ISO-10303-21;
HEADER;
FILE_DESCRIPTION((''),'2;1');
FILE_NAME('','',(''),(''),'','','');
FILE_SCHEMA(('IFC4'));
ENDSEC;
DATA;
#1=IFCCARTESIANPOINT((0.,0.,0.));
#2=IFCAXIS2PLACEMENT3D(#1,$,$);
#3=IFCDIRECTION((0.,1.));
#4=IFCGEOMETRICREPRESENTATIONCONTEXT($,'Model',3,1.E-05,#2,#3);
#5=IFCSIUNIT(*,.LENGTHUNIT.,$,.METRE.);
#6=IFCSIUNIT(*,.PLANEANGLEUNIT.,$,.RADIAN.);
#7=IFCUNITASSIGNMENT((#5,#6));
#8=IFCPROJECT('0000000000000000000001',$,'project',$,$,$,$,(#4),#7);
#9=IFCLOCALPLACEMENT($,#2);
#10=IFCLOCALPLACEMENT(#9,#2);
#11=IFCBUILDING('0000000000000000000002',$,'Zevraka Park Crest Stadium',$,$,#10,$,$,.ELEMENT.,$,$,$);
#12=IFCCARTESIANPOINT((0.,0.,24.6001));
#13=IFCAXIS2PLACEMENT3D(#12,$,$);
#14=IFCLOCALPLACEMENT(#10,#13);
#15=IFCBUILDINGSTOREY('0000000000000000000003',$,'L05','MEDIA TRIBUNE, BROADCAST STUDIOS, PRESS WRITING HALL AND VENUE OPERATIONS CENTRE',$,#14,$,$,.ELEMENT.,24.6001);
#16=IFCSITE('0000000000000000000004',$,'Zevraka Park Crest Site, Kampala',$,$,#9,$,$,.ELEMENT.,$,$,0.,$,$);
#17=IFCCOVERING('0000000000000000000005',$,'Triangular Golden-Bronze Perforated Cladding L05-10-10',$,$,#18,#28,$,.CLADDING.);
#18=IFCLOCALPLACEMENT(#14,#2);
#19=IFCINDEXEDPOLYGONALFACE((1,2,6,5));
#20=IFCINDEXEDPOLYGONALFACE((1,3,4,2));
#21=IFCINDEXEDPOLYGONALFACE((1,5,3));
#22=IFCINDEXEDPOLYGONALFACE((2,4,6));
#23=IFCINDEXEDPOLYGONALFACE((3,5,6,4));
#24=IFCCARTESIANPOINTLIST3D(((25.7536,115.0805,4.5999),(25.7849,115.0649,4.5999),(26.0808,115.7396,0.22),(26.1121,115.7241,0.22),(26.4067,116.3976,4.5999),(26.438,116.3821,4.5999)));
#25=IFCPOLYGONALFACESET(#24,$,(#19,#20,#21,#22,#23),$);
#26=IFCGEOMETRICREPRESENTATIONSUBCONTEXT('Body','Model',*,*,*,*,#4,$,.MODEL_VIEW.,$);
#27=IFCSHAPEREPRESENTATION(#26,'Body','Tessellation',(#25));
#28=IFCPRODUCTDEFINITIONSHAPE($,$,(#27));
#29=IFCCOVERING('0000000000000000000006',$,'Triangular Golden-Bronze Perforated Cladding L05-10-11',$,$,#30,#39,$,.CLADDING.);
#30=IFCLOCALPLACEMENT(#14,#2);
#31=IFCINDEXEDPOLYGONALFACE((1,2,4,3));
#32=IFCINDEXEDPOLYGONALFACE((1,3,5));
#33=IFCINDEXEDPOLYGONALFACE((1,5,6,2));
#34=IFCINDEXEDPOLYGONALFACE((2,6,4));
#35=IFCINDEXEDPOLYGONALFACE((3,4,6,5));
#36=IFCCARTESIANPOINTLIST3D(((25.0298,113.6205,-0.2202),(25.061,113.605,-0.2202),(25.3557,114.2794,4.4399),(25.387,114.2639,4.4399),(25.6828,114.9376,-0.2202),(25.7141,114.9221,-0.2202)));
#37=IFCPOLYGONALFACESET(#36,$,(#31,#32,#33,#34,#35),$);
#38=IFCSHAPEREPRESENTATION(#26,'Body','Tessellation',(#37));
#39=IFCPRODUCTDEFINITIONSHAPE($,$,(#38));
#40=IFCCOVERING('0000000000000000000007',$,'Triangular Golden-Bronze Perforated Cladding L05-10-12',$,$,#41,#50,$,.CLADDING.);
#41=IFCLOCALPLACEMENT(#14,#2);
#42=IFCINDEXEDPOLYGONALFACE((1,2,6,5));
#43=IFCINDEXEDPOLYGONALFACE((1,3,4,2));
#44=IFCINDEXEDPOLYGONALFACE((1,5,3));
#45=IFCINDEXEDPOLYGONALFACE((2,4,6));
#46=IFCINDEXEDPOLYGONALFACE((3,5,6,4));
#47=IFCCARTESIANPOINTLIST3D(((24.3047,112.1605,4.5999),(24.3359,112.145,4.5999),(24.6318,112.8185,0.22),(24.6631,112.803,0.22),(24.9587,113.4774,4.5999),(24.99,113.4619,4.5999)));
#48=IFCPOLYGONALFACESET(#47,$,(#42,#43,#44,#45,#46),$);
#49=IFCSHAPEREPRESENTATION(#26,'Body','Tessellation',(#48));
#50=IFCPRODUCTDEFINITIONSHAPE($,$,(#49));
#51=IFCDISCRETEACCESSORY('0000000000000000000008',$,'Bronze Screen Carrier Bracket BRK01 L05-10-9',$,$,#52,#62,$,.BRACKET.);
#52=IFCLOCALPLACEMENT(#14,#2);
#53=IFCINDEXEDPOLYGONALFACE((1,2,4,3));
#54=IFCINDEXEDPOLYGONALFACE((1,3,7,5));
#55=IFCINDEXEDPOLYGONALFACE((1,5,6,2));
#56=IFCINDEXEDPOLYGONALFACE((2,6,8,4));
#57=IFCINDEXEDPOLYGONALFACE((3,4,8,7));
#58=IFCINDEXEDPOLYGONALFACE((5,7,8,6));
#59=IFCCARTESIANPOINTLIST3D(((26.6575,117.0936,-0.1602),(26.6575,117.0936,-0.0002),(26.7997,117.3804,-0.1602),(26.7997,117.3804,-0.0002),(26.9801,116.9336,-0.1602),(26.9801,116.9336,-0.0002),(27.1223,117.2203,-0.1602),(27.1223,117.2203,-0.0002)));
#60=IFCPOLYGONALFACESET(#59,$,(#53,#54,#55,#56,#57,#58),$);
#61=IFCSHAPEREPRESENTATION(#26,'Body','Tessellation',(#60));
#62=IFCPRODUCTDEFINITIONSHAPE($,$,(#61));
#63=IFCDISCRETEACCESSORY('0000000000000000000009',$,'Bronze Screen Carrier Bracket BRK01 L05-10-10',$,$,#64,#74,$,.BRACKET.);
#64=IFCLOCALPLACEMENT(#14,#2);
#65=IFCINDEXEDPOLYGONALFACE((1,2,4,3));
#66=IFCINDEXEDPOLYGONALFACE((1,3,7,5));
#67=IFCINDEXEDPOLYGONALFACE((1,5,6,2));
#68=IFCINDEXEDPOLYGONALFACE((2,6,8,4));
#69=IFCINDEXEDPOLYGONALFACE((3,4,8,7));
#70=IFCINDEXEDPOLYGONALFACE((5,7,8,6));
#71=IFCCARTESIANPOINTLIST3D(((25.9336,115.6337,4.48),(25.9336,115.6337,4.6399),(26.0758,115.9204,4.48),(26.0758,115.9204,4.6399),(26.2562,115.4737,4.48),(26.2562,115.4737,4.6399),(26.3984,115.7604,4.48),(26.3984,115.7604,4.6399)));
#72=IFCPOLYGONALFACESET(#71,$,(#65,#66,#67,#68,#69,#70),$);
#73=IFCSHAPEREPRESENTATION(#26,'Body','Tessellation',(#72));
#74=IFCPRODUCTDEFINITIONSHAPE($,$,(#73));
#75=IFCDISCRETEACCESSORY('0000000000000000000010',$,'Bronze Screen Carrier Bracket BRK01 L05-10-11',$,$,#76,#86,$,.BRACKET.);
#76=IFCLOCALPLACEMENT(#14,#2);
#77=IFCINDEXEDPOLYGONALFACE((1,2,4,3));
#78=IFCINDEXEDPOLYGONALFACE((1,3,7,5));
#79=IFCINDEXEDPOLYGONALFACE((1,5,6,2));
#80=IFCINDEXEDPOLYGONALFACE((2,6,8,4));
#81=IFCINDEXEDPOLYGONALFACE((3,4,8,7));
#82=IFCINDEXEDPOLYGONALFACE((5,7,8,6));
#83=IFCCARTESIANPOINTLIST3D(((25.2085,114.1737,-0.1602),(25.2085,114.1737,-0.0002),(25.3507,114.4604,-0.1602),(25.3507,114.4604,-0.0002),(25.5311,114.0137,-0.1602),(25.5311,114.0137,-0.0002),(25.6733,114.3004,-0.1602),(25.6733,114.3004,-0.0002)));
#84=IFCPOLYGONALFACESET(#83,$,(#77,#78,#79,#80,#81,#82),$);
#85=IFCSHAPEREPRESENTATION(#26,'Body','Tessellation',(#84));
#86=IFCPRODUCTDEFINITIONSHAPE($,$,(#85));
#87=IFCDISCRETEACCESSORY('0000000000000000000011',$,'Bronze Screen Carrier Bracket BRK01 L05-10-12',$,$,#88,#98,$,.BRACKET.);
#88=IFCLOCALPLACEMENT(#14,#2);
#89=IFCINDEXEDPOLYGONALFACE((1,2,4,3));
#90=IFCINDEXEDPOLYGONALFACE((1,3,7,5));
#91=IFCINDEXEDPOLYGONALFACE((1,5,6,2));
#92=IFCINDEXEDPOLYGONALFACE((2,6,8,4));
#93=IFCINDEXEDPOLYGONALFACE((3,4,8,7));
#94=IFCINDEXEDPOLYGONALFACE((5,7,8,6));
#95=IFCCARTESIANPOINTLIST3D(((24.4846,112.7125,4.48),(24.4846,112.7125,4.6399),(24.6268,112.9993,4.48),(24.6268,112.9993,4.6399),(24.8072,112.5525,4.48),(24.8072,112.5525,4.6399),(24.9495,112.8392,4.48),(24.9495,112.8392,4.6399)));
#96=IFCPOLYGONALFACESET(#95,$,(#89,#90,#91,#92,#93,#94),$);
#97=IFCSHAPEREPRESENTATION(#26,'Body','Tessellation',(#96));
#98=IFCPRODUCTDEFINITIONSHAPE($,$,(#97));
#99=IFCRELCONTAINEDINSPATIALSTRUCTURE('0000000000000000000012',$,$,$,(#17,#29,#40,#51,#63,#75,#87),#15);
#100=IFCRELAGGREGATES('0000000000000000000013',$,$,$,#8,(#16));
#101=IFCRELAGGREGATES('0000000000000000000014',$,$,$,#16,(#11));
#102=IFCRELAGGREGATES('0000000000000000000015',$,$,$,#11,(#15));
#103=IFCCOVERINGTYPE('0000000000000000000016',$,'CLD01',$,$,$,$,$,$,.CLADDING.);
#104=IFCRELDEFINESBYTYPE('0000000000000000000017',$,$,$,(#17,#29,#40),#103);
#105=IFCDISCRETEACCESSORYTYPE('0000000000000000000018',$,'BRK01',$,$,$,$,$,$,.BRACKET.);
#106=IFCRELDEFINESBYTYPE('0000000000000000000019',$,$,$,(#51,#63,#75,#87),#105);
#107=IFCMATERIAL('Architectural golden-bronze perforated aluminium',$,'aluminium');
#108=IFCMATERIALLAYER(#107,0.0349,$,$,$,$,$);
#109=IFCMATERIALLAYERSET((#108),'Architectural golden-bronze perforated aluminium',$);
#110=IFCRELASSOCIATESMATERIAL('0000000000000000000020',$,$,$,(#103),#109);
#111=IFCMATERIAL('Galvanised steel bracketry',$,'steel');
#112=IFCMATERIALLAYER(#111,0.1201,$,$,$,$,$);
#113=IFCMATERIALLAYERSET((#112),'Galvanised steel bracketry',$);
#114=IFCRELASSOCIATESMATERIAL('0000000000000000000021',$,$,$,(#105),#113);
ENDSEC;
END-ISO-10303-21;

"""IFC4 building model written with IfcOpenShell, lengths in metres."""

from ifc_helpers import new_model, si_unit, direction, frame, origin, origin_2d, place, context, subcontext, project, spatial, polyline, rectangle, outline, extrude, material, layer, layer_set, type_object, element, save


model = new_model("IFC4")

# Units and contexts
model_context = context("Model", 3, precision=1e-05, world=origin(), true_north=direction((0.0, 1.0)))
body_context = subcontext(model_context, "Body", "Model", "MODEL_VIEW")
ifc_project = project(units=[si_unit("LENGTHUNIT", "METRE"), si_unit("PLANEANGLEUNIT", "RADIAN")], contexts=[model_context])

# Site, building, storey
site_placement = place(None, origin())
site = spatial("IfcSite", under=ifc_project, at=site_placement, Name="Zevraka Park Crest Site, Kampala", CompositionType="ELEMENT", RefElevation=0.0)
building_placement = place(site_placement, origin())
building = spatial("IfcBuilding", under=site, at=building_placement, Name="Zevraka Park Crest Stadium", CompositionType="ELEMENT")
storey_placement = place(building_placement, frame((0.0, 0.0, 24.6001)))
storey = spatial("IfcBuildingStorey", under=building, at=storey_placement, Name="L05", Description="MEDIA TRIBUNE, BROADCAST STUDIOS, PRESS WRITING HALL AND VENUE OPERATIONS CENTRE", CompositionType="ELEMENT", Elevation=24.6001)

# Coverings
ifc_material_1 = material(Name="Architectural golden-bronze perforated aluminium", Category="aluminium")
ifc_layer_1 = layer(ifc_material_1, 0.0349)
ifc_layer_set_1 = layer_set([ifc_layer_1], Name="Architectural golden-bronze perforated aluminium")
covering_type = type_object("IfcCoveringType", Name="CLD01", PredefinedType="CLADDING", material=ifc_layer_set_1)
covering_1_placement = place(storey_placement, frame((25.7849, 115.0649, 4.5999), z_axis=(0.895917, -0.444222, 0.000063), x_axis=(0.444222, 0.895917, 0.0)))
element("IfcCovering", 1, at=covering_1_placement, inside=storey, type_object=covering_type, Name="Triangular Golden-Bronze Perforated Cladding L05-10-10", PredefinedType="CLADDING", context=body_context, shape_type="SweptSolid", body=[
    extrude(outline(polyline([(0.0, 0.0), (1.4702, 0.0), (0.7359, -4.3799), (0.0, 0.0)])), origin(), (0.0, 0.0, -1.0), 0.0349),
])
covering_2_placement = place(storey_placement, frame((25.7141, 114.9221, -0.2202), z_axis=(0.895917, -0.444222, 0.000152), x_axis=(-0.444222, -0.895917, 0.0)))
element("IfcCovering", 2, at=covering_2_placement, inside=storey, type_object=covering_type, Name="Triangular Golden-Bronze Perforated Cladding L05-10-11", PredefinedType="CLADDING", context=body_context, shape_type="SweptSolid", body=[
    extrude(outline(polyline([(0.0, 0.0), (1.4702, 0.0), (0.735, -4.6602), (0.0, 0.0)])), origin(), (0.0, 0.0, -1.0), 0.0349),
])
covering_3_placement = place(storey_placement, frame((24.3359, 112.145, 4.5999), z_axis=(0.895619, -0.444821, 0.000075), x_axis=(0.444821, 0.895619, 0.0)))
element("IfcCovering", 3, at=covering_3_placement, inside=storey, type_object=covering_type, Name="Triangular Golden-Bronze Perforated Cladding L05-10-12", PredefinedType="CLADDING", context=body_context, shape_type="SweptSolid", body=[
    extrude(outline(polyline([(0.0, 0.0), (1.4704, 0.0), (0.7348, -4.3799), (0.0, 0.0)])), origin(), (0.0, 0.0, -1.0), 0.0349),
])

# Discrete accessories
ifc_material_2 = material(Name="Galvanised steel bracketry", Category="steel")
ifc_layer_2 = layer(ifc_material_2, 0.1201)
ifc_layer_set_2 = layer_set([ifc_layer_2], Name="Galvanised steel bracketry")
discrete_accessory_type = type_object("IfcDiscreteAccessoryType", Name="BRK01", PredefinedType="BRACKET", material=ifc_layer_set_2)
for number, where, z_axis, x_axis, name in (
    (4, (26.8899, 117.157, -0.1602), (0.0, 0.0, 1.0), (-0.444322, -0.895867, 0.0), "Bronze Screen Carrier Bracket BRK01 L05-10-9"),
    (5, (26.166, 115.697, 4.48), (0.0, 0.0, 1.0), (-0.444322, -0.895867, 0.0), "Bronze Screen Carrier Bracket BRK01 L05-10-10"),
    (6, (25.4409, 114.2371, -0.1602), (0.0, 0.0, 1.0), (-0.444322, -0.895867, 0.0), "Bronze Screen Carrier Bracket BRK01 L05-10-11"),
    (7, (24.717, 112.7759, 4.48), (0.0, 0.0, 1.0), (-0.444322, -0.895867, 0.0), "Bronze Screen Carrier Bracket BRK01 L05-10-12"),
):
    element("IfcDiscreteAccessory", number, at=place(storey_placement, frame(where, z_axis=z_axis, x_axis=x_axis)), inside=storey, type_object=discrete_accessory_type, Name=name, PredefinedType="BRACKET", context=body_context, shape_type="SweptSolid", body=[
        extrude(rectangle(XDim=0.3201, YDim=0.3601, at=origin_2d()), origin(), (0.0, 0.0, 1.0), 0.1599),
    ])

save(model, "model.ifc")
